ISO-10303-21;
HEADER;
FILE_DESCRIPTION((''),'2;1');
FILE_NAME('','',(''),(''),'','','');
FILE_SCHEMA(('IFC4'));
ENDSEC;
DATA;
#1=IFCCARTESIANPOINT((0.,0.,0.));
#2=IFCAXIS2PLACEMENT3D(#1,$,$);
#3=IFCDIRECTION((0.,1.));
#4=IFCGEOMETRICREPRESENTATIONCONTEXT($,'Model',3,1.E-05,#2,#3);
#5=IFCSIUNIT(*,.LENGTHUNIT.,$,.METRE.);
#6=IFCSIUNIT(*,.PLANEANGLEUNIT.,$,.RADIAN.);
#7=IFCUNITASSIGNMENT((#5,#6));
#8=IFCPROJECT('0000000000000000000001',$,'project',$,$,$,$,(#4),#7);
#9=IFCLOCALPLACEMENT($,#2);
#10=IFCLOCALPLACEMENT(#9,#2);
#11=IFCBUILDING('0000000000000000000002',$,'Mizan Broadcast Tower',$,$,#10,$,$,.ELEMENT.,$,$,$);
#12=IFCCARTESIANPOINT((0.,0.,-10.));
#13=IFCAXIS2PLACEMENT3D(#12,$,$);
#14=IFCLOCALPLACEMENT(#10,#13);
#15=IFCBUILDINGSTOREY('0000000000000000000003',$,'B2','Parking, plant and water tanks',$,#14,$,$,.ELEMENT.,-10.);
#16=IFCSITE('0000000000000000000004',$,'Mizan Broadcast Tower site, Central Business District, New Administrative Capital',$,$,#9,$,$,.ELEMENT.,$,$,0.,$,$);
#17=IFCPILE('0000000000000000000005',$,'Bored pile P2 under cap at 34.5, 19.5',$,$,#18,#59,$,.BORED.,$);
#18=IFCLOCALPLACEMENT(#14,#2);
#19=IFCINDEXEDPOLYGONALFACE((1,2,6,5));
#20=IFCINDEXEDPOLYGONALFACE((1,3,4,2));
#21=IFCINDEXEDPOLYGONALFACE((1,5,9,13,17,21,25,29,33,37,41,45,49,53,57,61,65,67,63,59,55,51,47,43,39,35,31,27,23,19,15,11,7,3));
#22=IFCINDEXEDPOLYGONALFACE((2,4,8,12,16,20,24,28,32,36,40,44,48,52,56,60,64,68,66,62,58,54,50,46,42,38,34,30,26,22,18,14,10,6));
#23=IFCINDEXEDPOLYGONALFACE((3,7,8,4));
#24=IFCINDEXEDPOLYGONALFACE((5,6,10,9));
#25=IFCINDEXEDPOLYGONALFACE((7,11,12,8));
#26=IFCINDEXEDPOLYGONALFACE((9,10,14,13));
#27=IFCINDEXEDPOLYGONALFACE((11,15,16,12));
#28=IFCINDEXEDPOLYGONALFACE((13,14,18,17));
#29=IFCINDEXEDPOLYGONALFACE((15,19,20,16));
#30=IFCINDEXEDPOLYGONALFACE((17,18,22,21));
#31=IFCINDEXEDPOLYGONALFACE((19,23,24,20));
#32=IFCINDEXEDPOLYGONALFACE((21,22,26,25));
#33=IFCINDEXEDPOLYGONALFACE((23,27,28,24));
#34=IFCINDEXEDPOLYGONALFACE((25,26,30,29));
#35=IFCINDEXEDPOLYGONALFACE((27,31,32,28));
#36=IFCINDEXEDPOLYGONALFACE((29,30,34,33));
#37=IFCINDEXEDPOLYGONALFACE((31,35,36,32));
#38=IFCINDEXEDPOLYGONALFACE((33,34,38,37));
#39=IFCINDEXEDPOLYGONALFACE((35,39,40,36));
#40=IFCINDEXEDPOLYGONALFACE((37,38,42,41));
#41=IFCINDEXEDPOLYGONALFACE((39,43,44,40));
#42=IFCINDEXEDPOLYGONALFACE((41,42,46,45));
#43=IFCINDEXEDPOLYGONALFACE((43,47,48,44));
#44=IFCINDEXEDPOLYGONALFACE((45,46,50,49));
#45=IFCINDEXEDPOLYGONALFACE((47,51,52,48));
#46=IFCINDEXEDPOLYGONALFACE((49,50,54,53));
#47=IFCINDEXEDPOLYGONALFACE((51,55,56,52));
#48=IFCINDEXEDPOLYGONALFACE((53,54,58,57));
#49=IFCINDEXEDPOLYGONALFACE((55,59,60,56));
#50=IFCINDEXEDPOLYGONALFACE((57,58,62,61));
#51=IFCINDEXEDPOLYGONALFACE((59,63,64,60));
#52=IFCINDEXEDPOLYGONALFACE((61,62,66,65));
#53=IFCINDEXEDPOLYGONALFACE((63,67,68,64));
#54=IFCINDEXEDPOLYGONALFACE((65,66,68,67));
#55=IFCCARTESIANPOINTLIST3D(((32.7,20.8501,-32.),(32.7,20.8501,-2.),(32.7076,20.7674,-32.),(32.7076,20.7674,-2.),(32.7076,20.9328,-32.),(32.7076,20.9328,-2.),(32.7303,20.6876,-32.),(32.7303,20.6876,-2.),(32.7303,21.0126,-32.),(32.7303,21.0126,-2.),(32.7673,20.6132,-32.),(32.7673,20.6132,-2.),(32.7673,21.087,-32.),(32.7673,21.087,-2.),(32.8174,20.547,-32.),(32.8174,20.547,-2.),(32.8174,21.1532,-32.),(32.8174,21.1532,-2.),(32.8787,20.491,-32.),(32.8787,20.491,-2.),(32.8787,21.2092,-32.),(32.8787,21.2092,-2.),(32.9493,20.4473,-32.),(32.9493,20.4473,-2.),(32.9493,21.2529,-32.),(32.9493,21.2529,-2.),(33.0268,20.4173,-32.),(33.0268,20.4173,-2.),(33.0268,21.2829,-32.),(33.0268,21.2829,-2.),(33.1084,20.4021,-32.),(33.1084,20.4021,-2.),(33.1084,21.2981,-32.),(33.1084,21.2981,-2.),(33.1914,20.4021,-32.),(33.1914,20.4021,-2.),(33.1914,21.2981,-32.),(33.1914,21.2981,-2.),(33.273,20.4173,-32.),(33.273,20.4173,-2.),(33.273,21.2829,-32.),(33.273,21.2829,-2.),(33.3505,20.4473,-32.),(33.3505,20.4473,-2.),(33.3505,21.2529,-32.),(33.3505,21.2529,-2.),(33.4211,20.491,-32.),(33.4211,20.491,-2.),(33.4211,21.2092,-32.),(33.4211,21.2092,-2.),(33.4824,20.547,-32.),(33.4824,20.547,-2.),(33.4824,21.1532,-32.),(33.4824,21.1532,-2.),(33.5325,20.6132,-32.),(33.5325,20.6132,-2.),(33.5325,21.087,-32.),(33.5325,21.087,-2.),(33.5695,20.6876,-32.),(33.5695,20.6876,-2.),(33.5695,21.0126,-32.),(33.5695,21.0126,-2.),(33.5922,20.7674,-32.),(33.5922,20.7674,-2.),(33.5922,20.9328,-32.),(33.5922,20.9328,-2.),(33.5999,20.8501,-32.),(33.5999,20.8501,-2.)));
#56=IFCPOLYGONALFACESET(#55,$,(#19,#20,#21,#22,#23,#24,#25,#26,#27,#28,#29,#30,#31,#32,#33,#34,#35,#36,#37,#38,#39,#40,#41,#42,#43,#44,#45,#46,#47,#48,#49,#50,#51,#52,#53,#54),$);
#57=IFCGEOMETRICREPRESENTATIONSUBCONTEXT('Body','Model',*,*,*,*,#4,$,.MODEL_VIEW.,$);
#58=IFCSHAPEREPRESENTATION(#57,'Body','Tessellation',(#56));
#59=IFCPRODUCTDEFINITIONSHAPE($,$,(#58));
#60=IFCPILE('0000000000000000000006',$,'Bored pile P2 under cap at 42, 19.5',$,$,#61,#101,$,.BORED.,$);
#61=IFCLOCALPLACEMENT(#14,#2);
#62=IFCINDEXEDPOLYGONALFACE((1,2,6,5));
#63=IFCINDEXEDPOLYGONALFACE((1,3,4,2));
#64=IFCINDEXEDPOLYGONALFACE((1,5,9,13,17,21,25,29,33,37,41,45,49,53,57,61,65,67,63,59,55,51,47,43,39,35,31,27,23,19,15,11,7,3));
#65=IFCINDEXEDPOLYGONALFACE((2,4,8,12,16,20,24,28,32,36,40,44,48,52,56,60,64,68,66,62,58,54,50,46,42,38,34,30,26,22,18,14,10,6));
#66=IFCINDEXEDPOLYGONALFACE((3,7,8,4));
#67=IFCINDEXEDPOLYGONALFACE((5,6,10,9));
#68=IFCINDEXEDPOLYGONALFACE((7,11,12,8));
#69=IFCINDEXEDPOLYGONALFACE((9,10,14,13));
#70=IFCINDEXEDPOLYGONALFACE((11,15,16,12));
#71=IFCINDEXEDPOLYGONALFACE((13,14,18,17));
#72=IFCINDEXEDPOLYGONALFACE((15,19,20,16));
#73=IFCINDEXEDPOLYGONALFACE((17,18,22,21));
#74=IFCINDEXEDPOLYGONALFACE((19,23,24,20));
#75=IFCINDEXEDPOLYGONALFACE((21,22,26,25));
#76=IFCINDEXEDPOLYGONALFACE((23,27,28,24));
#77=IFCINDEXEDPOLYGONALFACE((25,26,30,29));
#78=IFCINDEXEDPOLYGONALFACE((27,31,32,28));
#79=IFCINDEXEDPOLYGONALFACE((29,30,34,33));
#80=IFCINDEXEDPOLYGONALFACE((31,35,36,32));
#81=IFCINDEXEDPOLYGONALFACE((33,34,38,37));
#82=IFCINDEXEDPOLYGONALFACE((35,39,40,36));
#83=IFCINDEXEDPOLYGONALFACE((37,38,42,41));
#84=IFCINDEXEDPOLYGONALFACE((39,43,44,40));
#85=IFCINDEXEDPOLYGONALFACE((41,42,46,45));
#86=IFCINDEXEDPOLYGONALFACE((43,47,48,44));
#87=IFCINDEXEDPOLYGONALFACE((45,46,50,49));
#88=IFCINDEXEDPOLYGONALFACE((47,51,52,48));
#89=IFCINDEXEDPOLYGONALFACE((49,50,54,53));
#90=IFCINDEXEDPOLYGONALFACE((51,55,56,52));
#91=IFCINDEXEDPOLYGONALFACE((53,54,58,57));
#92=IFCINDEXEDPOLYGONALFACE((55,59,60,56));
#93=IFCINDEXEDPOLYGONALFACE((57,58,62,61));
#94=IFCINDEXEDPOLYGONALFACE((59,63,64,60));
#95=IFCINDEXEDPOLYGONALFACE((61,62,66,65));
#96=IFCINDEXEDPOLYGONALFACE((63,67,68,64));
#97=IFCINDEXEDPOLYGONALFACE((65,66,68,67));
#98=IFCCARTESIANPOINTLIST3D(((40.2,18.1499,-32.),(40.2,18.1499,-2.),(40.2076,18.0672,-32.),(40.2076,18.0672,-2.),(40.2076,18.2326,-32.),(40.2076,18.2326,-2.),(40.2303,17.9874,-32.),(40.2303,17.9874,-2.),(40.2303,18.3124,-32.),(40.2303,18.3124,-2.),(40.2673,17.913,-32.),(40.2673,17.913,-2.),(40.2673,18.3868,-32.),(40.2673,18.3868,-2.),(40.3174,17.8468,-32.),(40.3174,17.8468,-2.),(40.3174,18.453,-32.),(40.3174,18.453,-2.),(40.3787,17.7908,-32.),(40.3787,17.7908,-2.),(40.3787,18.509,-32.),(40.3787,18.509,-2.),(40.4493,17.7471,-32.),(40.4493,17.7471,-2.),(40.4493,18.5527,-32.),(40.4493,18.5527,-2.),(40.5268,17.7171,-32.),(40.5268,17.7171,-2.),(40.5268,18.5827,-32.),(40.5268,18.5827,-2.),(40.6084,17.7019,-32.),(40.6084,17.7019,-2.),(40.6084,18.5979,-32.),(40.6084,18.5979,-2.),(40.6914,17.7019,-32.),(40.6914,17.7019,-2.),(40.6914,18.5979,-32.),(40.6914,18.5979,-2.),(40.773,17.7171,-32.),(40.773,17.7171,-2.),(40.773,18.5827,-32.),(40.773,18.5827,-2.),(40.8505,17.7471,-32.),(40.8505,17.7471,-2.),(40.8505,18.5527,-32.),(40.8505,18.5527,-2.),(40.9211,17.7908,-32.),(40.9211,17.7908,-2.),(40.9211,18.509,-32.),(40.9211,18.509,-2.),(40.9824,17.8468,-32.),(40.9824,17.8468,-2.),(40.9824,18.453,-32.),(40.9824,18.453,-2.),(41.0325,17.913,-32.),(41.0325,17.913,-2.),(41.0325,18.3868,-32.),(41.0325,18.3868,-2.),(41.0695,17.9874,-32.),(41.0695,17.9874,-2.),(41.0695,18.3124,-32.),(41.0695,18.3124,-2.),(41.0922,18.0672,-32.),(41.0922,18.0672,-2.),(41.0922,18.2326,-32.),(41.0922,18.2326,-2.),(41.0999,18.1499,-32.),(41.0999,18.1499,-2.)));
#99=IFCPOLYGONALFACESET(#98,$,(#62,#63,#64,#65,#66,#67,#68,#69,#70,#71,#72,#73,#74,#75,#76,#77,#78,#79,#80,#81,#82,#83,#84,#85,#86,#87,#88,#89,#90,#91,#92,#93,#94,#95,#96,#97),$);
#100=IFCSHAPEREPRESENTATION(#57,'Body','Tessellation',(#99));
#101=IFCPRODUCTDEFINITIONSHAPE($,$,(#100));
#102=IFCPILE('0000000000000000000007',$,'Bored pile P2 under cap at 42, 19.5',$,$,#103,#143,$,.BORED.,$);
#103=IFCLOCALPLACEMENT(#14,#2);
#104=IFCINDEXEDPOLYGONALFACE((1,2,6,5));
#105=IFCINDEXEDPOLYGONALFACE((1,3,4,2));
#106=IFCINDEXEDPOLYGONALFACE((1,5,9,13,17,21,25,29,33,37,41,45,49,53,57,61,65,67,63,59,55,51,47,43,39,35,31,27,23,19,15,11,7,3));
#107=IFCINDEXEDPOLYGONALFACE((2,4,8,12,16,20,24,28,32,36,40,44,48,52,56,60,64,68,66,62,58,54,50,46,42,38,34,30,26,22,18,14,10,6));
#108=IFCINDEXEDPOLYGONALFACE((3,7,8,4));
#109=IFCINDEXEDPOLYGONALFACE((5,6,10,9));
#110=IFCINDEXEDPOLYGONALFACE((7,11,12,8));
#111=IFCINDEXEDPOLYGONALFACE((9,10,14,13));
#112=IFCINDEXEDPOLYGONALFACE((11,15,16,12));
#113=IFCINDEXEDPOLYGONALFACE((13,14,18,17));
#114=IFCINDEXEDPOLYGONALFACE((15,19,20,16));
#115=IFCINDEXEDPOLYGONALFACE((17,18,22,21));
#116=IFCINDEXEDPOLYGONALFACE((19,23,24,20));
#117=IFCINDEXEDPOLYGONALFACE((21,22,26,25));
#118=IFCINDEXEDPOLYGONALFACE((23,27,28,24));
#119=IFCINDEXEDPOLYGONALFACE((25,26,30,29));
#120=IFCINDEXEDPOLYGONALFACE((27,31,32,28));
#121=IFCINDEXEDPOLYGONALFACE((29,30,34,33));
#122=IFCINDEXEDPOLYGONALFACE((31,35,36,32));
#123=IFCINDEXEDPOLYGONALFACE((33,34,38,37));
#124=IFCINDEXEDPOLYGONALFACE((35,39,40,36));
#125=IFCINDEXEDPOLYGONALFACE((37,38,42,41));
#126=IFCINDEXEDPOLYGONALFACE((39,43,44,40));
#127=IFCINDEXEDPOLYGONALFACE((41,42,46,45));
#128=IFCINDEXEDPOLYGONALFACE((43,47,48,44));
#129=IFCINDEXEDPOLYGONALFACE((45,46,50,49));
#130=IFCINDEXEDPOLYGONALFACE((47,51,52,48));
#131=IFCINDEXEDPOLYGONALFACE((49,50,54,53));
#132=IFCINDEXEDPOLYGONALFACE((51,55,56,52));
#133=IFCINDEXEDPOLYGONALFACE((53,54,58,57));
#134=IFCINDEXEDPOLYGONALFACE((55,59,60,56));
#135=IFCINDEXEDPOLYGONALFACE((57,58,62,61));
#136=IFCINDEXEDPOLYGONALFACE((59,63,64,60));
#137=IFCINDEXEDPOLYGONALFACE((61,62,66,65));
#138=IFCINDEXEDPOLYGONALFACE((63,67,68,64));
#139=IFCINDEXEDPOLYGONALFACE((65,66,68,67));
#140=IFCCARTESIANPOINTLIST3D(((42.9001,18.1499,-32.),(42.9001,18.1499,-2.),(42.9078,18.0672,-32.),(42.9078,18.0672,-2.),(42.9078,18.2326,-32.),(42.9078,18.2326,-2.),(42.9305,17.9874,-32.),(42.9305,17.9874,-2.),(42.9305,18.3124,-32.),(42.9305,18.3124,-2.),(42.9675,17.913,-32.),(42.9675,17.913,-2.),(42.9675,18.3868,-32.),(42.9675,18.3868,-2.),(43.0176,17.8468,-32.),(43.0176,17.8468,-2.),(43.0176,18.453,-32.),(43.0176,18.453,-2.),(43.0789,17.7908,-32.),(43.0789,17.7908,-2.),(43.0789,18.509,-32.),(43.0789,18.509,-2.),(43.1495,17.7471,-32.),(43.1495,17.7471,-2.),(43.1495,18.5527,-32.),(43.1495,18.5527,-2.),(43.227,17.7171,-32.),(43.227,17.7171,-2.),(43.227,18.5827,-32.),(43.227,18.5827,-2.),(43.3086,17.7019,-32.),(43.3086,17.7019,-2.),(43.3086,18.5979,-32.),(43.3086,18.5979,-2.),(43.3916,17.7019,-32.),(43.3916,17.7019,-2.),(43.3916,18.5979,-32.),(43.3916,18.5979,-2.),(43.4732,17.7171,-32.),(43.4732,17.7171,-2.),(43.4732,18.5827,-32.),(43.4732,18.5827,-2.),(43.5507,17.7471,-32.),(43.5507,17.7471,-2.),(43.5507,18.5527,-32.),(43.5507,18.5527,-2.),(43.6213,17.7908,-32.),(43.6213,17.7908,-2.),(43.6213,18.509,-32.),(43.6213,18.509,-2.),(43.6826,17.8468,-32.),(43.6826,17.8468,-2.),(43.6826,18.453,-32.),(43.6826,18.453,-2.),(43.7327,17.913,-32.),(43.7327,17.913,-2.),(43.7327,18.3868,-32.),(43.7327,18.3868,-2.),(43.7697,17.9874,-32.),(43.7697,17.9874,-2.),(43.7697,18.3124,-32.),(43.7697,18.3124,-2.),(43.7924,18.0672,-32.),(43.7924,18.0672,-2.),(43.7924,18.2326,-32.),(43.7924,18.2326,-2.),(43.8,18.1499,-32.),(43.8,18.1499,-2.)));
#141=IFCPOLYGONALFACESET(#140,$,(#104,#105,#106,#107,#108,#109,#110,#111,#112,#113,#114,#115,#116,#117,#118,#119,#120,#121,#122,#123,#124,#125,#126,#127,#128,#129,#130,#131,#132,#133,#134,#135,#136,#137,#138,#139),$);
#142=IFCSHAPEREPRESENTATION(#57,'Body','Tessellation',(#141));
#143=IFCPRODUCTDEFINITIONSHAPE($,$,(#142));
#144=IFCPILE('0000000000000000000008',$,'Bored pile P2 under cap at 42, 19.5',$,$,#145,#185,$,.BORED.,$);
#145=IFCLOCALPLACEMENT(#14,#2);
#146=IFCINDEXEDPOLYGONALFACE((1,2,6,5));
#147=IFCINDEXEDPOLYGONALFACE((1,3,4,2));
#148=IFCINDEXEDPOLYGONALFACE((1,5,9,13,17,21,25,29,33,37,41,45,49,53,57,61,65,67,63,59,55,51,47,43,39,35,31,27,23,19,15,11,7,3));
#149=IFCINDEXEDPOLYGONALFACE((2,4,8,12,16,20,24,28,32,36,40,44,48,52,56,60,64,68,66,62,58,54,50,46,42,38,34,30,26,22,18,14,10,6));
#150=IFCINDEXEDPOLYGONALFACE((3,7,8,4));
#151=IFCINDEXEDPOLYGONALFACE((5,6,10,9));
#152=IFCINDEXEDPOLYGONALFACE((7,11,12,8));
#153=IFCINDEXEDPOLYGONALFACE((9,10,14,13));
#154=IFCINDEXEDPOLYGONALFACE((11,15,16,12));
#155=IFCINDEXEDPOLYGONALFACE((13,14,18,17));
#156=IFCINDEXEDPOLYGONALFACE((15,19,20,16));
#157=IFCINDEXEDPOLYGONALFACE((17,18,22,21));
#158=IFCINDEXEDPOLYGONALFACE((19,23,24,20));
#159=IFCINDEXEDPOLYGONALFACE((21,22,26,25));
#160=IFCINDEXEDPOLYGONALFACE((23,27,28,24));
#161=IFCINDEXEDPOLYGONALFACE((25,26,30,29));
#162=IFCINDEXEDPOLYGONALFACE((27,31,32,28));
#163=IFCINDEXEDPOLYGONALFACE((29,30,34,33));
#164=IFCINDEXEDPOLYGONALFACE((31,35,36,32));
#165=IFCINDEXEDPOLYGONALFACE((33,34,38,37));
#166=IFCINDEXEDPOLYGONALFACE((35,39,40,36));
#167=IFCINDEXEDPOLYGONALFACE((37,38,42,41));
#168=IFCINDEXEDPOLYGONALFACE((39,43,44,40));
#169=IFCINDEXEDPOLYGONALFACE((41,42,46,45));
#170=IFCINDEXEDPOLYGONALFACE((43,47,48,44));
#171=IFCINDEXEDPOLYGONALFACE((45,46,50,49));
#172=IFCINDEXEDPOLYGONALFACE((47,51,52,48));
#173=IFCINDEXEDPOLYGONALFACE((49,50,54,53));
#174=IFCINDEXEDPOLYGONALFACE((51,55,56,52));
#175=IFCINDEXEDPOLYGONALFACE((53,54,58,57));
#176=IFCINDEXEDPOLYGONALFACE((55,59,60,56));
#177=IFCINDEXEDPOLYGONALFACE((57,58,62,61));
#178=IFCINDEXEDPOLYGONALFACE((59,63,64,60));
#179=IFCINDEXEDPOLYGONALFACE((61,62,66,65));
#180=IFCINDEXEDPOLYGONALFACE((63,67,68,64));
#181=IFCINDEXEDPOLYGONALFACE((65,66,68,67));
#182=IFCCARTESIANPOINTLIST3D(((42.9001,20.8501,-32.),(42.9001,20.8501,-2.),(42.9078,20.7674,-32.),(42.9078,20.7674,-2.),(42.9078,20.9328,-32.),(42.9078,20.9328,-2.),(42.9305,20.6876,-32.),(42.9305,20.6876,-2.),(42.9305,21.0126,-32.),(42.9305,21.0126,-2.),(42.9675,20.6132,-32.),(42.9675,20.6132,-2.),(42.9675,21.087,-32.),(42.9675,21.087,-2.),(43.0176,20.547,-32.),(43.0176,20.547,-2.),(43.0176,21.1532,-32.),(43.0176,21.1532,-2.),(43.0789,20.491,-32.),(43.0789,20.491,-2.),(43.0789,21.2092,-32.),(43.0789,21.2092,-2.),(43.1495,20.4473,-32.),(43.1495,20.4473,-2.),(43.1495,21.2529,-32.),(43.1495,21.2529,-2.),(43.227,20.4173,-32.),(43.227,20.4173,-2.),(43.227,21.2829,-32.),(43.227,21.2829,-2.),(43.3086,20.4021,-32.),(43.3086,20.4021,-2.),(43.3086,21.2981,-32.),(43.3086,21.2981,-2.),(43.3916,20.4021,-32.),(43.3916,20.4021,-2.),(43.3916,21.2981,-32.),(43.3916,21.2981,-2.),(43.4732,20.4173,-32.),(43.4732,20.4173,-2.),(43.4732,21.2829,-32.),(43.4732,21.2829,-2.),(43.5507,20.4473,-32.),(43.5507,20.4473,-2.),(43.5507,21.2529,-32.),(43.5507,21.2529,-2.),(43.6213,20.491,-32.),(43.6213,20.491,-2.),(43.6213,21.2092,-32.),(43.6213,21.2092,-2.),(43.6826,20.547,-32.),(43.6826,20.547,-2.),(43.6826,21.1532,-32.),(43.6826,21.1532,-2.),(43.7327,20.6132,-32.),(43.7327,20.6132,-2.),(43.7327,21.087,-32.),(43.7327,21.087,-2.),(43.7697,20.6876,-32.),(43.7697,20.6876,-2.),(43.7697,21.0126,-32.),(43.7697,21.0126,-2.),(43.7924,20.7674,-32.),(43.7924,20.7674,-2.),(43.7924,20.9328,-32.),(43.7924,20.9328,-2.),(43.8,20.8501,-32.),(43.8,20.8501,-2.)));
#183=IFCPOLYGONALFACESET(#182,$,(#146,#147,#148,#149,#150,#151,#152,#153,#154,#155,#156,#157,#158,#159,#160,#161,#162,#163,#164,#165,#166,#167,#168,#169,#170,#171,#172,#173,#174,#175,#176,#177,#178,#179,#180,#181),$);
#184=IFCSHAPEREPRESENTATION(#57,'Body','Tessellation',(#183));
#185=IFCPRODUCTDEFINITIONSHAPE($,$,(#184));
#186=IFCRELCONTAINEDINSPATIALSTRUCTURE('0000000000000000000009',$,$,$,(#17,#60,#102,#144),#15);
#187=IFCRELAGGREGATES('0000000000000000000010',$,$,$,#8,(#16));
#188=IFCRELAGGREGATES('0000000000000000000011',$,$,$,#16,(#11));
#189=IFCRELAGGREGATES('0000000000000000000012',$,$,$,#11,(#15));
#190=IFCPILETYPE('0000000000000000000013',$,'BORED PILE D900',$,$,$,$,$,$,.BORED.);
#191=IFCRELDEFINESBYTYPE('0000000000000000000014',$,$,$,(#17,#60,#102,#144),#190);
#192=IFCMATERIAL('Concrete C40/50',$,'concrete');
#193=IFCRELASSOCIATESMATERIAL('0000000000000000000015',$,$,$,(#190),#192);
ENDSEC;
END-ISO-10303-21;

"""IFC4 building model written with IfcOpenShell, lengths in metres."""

from ifc_helpers import new_model, si_unit, direction, frame, origin, origin_2d, place, context, subcontext, project, spatial, circle, extrude, material, material_profile, profile_set, type_object, element, save


model = new_model("IFC4")

# Units and contexts
model_context = context("Model", 3, precision=1e-05, world=origin(), true_north=direction((0.0, 1.0)))
body_context = subcontext(model_context, "Body", "Model", "MODEL_VIEW")
ifc_project = project(units=[si_unit("LENGTHUNIT", "METRE"), si_unit("PLANEANGLEUNIT", "RADIAN")], contexts=[model_context])

# Site, building, storey
site_placement = place(None, origin())
site = spatial("IfcSite", under=ifc_project, at=site_placement, Name="Mizan Broadcast Tower site, Central Business District, New Administrative Capital", CompositionType="ELEMENT", RefElevation=0.0)
building_placement = place(site_placement, origin())
building = spatial("IfcBuilding", under=site, at=building_placement, Name="Mizan Broadcast Tower", CompositionType="ELEMENT")
storey_placement = place(building_placement, frame((0.0, 0.0, -10.0)))
storey = spatial("IfcBuildingStorey", under=building, at=storey_placement, Name="B2", Description="Parking, plant and water tanks", CompositionType="ELEMENT", Elevation=-10.0)

# Piles
ifc_material_1 = material(Name="Concrete C40/50", Category="concrete")
ifc_material_profile_1 = material_profile(ifc_material_1, circle(Radius=0.45, at=origin_2d()), Name="D900")
ifc_profile_set_1 = profile_set([ifc_material_profile_1], Name="Concrete C40/50")
pile_type_1 = type_object("IfcPileType", Name="BORED PILE D900", PredefinedType="BORED", material=ifc_profile_set_1)
for number, where, z_axis, x_axis, name in (
    (1, (33.1499, 20.8501, -2.0), (0.0, 0.0, -1.0), (1.0, 0.0, 0.0), "Bored pile P2 under cap at 34.5, 19.5"),
    (2, (40.6499, 18.1499, -2.0), (0.0, 0.0, -1.0), (1.0, 0.0, 0.0), "Bored pile P2 under cap at 42, 19.5"),
    (3, (43.3501, 18.1499, -2.0), (0.0, 0.0, -1.0), (1.0, 0.0, 0.0), "Bored pile P2 under cap at 42, 19.5"),
    (4, (43.3501, 20.8501, -2.0), (0.0, 0.0, -1.0), (1.0, 0.0, 0.0), "Bored pile P2 under cap at 42, 19.5"),
):
    element("IfcPile", number, at=place(storey_placement, frame(where, z_axis=z_axis, x_axis=x_axis)), inside=storey, type_object=pile_type_1, Name=name, PredefinedType="BORED", context=body_context, shape_type="SweptSolid", body=[
        extrude(circle(Radius=0.45, at=origin_2d()), origin(), (0.0, 0.0, 1.0), 30.0),
    ])

save(model, "model.ifc")
